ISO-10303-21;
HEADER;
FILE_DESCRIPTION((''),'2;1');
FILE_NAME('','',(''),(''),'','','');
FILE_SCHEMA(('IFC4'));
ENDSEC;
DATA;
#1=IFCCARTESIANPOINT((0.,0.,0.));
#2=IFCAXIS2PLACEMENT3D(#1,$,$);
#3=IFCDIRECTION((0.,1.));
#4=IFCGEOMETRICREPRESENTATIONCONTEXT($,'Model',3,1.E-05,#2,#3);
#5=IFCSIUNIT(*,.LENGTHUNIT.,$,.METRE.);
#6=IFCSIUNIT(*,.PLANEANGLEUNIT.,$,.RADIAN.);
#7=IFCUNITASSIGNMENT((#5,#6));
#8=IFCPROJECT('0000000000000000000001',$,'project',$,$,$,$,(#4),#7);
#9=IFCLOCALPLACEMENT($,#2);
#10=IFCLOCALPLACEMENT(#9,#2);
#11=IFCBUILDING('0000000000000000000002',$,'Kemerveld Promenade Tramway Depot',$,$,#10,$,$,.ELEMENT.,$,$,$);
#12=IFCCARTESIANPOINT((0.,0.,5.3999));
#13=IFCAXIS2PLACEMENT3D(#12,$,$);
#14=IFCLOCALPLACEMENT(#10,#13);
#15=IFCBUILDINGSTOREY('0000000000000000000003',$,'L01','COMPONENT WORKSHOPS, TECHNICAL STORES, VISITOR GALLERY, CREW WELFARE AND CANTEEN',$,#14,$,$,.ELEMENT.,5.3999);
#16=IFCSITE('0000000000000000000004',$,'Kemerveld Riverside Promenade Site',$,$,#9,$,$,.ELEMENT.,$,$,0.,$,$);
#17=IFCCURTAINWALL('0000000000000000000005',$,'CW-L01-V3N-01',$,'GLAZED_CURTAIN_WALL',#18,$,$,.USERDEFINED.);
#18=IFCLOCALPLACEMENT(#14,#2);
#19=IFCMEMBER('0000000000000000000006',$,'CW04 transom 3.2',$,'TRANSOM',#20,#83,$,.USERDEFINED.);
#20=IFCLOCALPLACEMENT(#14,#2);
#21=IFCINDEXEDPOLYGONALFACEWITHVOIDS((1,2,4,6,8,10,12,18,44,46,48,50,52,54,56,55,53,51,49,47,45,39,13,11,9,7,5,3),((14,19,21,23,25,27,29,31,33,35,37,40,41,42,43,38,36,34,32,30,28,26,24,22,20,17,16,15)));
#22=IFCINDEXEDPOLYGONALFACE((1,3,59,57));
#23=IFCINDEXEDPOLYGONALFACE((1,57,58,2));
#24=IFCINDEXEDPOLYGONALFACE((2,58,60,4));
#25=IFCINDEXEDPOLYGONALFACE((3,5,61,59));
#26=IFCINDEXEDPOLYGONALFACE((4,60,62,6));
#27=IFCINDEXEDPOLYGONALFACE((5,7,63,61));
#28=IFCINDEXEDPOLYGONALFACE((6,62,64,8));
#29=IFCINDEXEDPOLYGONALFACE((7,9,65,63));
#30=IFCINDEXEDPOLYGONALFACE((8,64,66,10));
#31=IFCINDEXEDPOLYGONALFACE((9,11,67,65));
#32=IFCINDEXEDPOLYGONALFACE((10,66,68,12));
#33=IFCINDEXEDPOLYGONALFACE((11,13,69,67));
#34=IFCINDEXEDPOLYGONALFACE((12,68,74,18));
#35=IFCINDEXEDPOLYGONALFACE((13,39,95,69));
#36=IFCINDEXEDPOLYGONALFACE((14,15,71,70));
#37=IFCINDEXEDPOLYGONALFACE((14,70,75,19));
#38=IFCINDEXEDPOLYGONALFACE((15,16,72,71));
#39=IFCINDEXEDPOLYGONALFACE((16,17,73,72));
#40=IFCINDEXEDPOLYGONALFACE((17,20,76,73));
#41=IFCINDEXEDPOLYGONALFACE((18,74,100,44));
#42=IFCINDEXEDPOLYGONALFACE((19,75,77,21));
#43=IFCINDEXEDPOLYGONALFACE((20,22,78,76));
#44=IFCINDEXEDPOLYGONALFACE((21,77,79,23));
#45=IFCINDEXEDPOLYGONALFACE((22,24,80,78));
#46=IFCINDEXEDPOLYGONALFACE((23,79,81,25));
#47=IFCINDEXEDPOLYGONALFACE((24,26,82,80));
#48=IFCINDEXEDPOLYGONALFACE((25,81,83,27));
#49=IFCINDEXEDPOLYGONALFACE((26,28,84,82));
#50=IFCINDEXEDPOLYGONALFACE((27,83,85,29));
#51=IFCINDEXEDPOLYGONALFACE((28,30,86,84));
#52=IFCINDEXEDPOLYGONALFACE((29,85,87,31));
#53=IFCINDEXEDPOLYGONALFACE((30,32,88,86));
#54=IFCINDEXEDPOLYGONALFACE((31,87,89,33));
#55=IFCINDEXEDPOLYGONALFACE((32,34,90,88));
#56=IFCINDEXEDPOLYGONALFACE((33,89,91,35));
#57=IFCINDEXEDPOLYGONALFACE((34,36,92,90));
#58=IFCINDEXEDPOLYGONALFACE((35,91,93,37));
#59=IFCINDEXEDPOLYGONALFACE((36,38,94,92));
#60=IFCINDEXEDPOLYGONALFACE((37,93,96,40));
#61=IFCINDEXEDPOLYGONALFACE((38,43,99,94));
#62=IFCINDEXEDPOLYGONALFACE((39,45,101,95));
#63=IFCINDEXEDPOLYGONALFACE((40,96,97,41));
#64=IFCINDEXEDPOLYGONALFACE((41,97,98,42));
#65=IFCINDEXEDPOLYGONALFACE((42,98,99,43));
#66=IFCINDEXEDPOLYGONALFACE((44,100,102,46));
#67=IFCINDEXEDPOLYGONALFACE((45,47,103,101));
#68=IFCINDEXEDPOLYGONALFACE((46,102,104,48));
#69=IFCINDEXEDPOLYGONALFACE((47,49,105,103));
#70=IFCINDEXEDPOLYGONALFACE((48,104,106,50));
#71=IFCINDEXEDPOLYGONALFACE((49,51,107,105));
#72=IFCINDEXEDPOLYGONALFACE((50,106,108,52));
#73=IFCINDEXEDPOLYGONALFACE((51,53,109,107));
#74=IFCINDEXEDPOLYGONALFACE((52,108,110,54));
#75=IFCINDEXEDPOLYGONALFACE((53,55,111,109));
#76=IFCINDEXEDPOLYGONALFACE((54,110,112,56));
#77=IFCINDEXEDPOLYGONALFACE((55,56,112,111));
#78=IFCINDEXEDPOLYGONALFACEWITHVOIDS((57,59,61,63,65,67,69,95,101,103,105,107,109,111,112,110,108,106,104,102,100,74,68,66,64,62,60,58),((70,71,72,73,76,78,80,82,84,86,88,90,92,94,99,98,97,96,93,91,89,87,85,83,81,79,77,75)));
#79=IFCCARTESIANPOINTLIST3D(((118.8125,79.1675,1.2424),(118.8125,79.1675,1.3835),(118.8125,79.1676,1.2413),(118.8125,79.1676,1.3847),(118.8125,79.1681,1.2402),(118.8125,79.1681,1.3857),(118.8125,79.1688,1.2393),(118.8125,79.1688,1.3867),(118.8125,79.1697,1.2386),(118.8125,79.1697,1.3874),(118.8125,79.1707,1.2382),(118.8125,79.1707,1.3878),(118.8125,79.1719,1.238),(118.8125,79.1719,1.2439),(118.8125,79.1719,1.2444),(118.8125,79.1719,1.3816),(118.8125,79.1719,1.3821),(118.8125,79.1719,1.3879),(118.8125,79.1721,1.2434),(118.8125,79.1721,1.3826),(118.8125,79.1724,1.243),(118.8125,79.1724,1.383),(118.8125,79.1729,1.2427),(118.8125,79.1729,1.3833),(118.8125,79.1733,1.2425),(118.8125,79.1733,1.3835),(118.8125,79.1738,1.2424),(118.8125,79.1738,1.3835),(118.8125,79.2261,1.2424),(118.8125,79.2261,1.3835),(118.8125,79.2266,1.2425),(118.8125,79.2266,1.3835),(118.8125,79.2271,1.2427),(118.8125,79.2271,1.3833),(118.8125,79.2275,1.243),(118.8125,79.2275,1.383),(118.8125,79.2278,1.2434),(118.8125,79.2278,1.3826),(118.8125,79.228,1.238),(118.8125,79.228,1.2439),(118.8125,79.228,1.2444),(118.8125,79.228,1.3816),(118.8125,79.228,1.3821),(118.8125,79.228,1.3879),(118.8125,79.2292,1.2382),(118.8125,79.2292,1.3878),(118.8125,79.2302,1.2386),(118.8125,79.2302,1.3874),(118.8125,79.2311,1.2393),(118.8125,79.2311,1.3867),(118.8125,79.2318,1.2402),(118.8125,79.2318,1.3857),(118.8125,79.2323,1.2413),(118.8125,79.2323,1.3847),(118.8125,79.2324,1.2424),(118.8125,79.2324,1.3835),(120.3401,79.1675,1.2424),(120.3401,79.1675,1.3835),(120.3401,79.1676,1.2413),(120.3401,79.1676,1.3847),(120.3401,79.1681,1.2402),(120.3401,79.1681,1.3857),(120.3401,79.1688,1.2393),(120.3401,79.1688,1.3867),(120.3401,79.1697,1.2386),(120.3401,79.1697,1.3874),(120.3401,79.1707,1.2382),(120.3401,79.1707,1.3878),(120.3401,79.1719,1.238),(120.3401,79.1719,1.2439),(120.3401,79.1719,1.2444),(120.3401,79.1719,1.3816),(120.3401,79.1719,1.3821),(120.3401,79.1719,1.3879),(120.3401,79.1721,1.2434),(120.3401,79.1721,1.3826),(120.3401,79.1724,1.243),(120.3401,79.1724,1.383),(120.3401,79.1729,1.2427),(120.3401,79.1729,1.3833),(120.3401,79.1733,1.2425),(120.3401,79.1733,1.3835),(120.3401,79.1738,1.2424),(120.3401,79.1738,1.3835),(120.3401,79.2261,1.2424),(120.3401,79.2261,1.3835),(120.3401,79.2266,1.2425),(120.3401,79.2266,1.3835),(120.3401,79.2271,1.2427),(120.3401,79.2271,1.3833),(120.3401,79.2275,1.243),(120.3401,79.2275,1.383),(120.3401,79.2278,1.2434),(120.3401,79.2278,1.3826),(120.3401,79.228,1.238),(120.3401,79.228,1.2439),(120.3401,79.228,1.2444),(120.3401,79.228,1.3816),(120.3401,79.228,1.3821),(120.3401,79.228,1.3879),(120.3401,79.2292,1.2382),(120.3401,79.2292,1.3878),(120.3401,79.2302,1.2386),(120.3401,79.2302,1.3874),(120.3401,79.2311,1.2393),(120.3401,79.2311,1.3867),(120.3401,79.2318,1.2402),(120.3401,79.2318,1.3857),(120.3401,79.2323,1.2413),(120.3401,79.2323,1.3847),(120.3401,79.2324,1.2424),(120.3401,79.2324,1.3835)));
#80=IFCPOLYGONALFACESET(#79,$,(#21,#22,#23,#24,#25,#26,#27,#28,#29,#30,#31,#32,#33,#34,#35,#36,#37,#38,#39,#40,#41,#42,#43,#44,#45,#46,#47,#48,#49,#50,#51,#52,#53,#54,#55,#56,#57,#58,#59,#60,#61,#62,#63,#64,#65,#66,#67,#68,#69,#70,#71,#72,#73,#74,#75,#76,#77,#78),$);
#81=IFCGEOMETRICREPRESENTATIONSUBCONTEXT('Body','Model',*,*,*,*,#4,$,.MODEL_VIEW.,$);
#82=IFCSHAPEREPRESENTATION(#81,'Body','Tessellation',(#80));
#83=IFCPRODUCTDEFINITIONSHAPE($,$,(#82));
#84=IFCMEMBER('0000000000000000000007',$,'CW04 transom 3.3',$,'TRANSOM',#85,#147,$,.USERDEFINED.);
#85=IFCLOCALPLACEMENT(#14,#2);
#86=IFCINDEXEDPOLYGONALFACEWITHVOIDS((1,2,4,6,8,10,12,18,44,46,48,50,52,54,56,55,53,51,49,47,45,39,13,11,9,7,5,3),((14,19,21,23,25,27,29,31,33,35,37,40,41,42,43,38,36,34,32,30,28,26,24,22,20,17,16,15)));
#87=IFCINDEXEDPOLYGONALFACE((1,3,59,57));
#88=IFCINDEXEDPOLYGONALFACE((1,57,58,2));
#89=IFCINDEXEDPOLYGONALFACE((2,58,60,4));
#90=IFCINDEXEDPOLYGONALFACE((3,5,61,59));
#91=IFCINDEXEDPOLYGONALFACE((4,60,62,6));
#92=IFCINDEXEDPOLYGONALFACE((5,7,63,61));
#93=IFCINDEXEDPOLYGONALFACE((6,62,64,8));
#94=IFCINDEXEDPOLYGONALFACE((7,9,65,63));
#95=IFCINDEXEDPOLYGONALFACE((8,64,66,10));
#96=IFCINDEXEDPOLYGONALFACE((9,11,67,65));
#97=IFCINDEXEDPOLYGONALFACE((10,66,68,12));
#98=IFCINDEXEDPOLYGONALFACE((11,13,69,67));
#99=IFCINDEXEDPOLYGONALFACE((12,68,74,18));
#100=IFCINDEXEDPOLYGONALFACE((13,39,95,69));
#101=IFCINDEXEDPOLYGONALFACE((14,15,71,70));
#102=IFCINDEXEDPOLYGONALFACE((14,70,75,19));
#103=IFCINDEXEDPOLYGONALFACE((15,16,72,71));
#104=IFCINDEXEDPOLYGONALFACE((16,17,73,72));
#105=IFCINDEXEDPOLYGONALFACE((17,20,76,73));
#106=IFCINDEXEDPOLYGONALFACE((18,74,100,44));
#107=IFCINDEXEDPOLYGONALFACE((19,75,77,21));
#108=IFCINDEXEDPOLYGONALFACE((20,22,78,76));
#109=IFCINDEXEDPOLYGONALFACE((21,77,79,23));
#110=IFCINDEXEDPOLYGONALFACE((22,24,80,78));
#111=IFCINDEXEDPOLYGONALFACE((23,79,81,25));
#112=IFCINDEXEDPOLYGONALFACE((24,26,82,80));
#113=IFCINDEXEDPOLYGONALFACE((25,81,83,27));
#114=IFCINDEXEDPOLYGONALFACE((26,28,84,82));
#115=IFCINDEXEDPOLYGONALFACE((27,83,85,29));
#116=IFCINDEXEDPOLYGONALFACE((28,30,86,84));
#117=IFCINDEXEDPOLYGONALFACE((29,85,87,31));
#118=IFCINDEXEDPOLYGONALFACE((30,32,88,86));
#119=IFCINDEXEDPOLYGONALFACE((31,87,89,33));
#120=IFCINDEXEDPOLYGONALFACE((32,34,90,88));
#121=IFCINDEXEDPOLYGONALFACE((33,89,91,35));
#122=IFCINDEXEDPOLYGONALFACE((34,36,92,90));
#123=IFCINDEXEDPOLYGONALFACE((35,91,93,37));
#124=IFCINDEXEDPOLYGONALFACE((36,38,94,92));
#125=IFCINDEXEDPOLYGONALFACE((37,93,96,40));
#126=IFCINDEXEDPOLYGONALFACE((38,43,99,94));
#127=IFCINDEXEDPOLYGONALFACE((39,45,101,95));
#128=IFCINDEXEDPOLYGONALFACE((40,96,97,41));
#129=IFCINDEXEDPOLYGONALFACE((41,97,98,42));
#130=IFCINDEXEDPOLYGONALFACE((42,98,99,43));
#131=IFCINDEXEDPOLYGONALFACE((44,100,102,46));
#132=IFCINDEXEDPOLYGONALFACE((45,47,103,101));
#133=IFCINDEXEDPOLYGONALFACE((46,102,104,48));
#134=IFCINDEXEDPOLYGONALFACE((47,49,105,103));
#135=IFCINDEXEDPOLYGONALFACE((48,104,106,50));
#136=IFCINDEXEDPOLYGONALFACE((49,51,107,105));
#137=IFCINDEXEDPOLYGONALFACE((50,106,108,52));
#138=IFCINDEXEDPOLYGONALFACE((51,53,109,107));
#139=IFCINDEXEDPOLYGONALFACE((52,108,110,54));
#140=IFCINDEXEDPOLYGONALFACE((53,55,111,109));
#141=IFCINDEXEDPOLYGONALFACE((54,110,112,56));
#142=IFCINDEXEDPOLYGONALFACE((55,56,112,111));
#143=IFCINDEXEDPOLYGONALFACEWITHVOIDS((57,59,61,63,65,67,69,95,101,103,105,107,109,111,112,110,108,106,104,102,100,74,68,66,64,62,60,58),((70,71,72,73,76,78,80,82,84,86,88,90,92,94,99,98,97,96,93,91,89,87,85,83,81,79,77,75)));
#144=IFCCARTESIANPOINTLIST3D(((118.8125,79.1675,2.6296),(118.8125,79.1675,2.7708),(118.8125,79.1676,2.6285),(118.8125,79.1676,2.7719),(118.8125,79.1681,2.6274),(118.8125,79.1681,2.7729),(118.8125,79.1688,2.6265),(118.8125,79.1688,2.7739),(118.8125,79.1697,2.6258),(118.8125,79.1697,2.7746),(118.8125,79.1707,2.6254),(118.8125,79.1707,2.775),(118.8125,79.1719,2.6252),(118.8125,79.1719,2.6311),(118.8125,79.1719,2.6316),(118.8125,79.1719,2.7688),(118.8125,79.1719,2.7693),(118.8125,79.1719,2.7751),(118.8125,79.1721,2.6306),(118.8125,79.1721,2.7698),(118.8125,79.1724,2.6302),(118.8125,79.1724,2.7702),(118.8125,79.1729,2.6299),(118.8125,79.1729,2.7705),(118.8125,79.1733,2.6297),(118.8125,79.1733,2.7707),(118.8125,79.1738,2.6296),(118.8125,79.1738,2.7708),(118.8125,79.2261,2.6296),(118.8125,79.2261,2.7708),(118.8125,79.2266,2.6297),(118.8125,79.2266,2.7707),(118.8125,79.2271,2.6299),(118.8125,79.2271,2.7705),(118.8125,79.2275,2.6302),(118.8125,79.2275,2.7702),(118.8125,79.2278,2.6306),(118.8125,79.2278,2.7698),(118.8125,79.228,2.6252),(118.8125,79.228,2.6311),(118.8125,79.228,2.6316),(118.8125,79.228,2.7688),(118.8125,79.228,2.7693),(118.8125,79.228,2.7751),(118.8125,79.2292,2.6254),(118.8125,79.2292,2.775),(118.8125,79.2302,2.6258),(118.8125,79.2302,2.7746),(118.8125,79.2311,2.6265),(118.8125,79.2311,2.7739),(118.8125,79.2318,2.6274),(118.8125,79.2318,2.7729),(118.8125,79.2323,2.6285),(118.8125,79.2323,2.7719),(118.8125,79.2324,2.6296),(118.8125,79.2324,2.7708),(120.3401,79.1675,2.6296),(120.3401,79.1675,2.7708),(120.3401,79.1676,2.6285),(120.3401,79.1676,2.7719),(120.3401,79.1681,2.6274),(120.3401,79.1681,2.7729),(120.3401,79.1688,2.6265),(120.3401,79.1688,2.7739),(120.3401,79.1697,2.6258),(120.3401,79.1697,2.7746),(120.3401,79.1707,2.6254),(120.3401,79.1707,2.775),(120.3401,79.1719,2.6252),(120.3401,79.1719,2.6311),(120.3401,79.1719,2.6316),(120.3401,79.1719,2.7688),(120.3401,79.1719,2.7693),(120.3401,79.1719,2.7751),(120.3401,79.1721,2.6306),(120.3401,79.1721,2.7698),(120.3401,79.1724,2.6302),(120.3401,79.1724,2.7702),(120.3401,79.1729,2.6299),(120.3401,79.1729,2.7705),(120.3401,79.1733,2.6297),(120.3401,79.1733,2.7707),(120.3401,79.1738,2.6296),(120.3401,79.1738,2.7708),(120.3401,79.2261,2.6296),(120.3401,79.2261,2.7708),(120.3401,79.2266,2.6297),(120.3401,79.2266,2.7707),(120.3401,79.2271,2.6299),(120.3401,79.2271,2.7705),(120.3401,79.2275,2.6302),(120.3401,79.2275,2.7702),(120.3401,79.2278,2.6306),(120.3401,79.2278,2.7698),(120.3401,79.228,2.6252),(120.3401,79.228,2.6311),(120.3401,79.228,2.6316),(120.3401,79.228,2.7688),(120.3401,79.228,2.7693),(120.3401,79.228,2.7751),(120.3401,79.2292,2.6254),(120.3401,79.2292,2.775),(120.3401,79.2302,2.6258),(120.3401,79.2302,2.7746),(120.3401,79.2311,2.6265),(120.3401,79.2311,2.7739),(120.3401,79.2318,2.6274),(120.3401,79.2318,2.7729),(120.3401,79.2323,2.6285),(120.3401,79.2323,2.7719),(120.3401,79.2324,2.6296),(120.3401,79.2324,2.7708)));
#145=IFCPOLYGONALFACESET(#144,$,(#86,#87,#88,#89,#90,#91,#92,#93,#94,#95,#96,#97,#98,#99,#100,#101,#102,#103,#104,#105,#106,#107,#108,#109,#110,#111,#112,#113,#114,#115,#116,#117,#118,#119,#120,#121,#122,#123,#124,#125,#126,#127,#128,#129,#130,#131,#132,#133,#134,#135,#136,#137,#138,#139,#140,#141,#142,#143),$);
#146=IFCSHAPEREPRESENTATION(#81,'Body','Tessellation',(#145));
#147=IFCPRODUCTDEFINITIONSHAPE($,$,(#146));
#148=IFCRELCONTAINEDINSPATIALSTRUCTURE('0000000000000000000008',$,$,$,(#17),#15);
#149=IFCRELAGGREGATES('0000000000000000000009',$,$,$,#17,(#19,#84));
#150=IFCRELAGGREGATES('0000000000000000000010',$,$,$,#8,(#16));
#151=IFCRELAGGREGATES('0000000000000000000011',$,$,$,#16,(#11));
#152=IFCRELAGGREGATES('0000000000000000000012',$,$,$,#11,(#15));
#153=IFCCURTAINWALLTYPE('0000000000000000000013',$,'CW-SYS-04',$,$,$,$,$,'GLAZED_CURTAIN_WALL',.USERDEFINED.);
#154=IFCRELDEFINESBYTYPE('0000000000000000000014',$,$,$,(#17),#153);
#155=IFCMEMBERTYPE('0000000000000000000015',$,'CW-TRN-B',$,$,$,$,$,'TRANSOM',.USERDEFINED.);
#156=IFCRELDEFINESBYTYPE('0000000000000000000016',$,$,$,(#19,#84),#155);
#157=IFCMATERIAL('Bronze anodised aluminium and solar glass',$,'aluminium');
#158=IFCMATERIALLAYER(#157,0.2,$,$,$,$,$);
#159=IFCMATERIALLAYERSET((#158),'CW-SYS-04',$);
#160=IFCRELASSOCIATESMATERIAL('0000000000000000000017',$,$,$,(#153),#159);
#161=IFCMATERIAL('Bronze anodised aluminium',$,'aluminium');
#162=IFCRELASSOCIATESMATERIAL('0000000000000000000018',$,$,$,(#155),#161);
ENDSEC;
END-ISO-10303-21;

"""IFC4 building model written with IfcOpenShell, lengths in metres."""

from ifc_helpers import new_model, si_unit, direction, frame, origin, origin_2d, place, context, subcontext, project, spatial, hollow_rectangle, extrude, material, layer, layer_set, material_profile, profile_set, type_object, element, aggregate, save


model = new_model("IFC4")

# Units and contexts
model_context = context("Model", 3, precision=1e-05, world=origin(), true_north=direction((0.0, 1.0)))
body_context = subcontext(model_context, "Body", "Model", "MODEL_VIEW")
ifc_project = project(units=[si_unit("LENGTHUNIT", "METRE"), si_unit("PLANEANGLEUNIT", "RADIAN")], contexts=[model_context])

# Site, building, storey
site_placement = place(None, origin())
site = spatial("IfcSite", under=ifc_project, at=site_placement, Name="Kemerveld Riverside Promenade Site", CompositionType="ELEMENT", RefElevation=0.0)
building_placement = place(site_placement, origin())
building = spatial("IfcBuilding", under=site, at=building_placement, Name="Kemerveld Promenade Tramway Depot", CompositionType="ELEMENT")
storey_placement = place(building_placement, frame((0.0, 0.0, 5.3999)))
storey = spatial("IfcBuildingStorey", under=building, at=storey_placement, Name="L01", Description="COMPONENT WORKSHOPS, TECHNICAL STORES, VISITOR GALLERY, CREW WELFARE AND CANTEEN", CompositionType="ELEMENT", Elevation=5.3999)

# Curtain wall, members
ifc_material_1 = material(Name="Bronze anodised aluminium and solar glass", Category="aluminium")
ifc_layer_1 = layer(ifc_material_1, 0.2)
ifc_layer_set_1 = layer_set([ifc_layer_1], Name="CW-SYS-04")
curtain_wall_type = type_object("IfcCurtainWallType", Name="CW-SYS-04", ElementType="GLAZED_CURTAIN_WALL", PredefinedType="USERDEFINED", material=ifc_layer_set_1)
curtain_wall_placement = place(storey_placement, origin())
curtain_wall = element("IfcCurtainWall", 1, at=curtain_wall_placement, inside=storey, type_object=curtain_wall_type, Name="CW-L01-V3N-01", ObjectType="GLAZED_CURTAIN_WALL", PredefinedType="USERDEFINED")
ifc_material_2 = material(Name="Bronze anodised aluminium", Category="aluminium")
ifc_material_profile_1 = material_profile(ifc_material_2, hollow_rectangle(XDim=0.0649, YDim=0.1499, WallThickness=0.0044, InnerFilletRadius=0.002, OuterFilletRadius=0.0044, at=origin_2d()), Name="CW-TRN-150x65")
ifc_profile_set_1 = profile_set([ifc_material_profile_1], Name="Bronze anodised aluminium")
member_type_1 = type_object("IfcMemberType", Name="CW-TRN-B", ElementType="TRANSOM", PredefinedType="USERDEFINED", material=ifc_profile_set_1)
member_1_placement = place(storey_placement, frame((118.8125, 79.2, 1.313), z_axis=(1.0, 0.0, 0.0), x_axis=(0.0, 1.0, 0.0)))
member_1 = element("IfcMember", 2, at=member_1_placement, type_object=member_type_1, Name="CW04 transom 3.2", ObjectType="TRANSOM", PredefinedType="USERDEFINED", context=body_context, shape_type="SweptSolid", body=[
    extrude(hollow_rectangle(XDim=0.0649, YDim=0.1499, WallThickness=0.0044, InnerFilletRadius=0.002, OuterFilletRadius=0.0044, at=origin_2d()), origin(), (0.0, 0.0, 1.0), 1.5276),
])
member_2_placement = place(storey_placement, frame((118.8125, 79.2, 2.7002), z_axis=(1.0, 0.0, 0.0), x_axis=(0.0, 1.0, 0.0)))
member_2 = element("IfcMember", 3, at=member_2_placement, type_object=member_type_1, Name="CW04 transom 3.3", ObjectType="TRANSOM", PredefinedType="USERDEFINED", context=body_context, shape_type="SweptSolid", body=[
    extrude(hollow_rectangle(XDim=0.0649, YDim=0.1499, WallThickness=0.0044, InnerFilletRadius=0.002, OuterFilletRadius=0.0044, at=origin_2d()), origin(), (0.0, 0.0, 1.0), 1.5276),
])
aggregate(curtain_wall, [member_1, member_2])

save(model, "model.ifc")
